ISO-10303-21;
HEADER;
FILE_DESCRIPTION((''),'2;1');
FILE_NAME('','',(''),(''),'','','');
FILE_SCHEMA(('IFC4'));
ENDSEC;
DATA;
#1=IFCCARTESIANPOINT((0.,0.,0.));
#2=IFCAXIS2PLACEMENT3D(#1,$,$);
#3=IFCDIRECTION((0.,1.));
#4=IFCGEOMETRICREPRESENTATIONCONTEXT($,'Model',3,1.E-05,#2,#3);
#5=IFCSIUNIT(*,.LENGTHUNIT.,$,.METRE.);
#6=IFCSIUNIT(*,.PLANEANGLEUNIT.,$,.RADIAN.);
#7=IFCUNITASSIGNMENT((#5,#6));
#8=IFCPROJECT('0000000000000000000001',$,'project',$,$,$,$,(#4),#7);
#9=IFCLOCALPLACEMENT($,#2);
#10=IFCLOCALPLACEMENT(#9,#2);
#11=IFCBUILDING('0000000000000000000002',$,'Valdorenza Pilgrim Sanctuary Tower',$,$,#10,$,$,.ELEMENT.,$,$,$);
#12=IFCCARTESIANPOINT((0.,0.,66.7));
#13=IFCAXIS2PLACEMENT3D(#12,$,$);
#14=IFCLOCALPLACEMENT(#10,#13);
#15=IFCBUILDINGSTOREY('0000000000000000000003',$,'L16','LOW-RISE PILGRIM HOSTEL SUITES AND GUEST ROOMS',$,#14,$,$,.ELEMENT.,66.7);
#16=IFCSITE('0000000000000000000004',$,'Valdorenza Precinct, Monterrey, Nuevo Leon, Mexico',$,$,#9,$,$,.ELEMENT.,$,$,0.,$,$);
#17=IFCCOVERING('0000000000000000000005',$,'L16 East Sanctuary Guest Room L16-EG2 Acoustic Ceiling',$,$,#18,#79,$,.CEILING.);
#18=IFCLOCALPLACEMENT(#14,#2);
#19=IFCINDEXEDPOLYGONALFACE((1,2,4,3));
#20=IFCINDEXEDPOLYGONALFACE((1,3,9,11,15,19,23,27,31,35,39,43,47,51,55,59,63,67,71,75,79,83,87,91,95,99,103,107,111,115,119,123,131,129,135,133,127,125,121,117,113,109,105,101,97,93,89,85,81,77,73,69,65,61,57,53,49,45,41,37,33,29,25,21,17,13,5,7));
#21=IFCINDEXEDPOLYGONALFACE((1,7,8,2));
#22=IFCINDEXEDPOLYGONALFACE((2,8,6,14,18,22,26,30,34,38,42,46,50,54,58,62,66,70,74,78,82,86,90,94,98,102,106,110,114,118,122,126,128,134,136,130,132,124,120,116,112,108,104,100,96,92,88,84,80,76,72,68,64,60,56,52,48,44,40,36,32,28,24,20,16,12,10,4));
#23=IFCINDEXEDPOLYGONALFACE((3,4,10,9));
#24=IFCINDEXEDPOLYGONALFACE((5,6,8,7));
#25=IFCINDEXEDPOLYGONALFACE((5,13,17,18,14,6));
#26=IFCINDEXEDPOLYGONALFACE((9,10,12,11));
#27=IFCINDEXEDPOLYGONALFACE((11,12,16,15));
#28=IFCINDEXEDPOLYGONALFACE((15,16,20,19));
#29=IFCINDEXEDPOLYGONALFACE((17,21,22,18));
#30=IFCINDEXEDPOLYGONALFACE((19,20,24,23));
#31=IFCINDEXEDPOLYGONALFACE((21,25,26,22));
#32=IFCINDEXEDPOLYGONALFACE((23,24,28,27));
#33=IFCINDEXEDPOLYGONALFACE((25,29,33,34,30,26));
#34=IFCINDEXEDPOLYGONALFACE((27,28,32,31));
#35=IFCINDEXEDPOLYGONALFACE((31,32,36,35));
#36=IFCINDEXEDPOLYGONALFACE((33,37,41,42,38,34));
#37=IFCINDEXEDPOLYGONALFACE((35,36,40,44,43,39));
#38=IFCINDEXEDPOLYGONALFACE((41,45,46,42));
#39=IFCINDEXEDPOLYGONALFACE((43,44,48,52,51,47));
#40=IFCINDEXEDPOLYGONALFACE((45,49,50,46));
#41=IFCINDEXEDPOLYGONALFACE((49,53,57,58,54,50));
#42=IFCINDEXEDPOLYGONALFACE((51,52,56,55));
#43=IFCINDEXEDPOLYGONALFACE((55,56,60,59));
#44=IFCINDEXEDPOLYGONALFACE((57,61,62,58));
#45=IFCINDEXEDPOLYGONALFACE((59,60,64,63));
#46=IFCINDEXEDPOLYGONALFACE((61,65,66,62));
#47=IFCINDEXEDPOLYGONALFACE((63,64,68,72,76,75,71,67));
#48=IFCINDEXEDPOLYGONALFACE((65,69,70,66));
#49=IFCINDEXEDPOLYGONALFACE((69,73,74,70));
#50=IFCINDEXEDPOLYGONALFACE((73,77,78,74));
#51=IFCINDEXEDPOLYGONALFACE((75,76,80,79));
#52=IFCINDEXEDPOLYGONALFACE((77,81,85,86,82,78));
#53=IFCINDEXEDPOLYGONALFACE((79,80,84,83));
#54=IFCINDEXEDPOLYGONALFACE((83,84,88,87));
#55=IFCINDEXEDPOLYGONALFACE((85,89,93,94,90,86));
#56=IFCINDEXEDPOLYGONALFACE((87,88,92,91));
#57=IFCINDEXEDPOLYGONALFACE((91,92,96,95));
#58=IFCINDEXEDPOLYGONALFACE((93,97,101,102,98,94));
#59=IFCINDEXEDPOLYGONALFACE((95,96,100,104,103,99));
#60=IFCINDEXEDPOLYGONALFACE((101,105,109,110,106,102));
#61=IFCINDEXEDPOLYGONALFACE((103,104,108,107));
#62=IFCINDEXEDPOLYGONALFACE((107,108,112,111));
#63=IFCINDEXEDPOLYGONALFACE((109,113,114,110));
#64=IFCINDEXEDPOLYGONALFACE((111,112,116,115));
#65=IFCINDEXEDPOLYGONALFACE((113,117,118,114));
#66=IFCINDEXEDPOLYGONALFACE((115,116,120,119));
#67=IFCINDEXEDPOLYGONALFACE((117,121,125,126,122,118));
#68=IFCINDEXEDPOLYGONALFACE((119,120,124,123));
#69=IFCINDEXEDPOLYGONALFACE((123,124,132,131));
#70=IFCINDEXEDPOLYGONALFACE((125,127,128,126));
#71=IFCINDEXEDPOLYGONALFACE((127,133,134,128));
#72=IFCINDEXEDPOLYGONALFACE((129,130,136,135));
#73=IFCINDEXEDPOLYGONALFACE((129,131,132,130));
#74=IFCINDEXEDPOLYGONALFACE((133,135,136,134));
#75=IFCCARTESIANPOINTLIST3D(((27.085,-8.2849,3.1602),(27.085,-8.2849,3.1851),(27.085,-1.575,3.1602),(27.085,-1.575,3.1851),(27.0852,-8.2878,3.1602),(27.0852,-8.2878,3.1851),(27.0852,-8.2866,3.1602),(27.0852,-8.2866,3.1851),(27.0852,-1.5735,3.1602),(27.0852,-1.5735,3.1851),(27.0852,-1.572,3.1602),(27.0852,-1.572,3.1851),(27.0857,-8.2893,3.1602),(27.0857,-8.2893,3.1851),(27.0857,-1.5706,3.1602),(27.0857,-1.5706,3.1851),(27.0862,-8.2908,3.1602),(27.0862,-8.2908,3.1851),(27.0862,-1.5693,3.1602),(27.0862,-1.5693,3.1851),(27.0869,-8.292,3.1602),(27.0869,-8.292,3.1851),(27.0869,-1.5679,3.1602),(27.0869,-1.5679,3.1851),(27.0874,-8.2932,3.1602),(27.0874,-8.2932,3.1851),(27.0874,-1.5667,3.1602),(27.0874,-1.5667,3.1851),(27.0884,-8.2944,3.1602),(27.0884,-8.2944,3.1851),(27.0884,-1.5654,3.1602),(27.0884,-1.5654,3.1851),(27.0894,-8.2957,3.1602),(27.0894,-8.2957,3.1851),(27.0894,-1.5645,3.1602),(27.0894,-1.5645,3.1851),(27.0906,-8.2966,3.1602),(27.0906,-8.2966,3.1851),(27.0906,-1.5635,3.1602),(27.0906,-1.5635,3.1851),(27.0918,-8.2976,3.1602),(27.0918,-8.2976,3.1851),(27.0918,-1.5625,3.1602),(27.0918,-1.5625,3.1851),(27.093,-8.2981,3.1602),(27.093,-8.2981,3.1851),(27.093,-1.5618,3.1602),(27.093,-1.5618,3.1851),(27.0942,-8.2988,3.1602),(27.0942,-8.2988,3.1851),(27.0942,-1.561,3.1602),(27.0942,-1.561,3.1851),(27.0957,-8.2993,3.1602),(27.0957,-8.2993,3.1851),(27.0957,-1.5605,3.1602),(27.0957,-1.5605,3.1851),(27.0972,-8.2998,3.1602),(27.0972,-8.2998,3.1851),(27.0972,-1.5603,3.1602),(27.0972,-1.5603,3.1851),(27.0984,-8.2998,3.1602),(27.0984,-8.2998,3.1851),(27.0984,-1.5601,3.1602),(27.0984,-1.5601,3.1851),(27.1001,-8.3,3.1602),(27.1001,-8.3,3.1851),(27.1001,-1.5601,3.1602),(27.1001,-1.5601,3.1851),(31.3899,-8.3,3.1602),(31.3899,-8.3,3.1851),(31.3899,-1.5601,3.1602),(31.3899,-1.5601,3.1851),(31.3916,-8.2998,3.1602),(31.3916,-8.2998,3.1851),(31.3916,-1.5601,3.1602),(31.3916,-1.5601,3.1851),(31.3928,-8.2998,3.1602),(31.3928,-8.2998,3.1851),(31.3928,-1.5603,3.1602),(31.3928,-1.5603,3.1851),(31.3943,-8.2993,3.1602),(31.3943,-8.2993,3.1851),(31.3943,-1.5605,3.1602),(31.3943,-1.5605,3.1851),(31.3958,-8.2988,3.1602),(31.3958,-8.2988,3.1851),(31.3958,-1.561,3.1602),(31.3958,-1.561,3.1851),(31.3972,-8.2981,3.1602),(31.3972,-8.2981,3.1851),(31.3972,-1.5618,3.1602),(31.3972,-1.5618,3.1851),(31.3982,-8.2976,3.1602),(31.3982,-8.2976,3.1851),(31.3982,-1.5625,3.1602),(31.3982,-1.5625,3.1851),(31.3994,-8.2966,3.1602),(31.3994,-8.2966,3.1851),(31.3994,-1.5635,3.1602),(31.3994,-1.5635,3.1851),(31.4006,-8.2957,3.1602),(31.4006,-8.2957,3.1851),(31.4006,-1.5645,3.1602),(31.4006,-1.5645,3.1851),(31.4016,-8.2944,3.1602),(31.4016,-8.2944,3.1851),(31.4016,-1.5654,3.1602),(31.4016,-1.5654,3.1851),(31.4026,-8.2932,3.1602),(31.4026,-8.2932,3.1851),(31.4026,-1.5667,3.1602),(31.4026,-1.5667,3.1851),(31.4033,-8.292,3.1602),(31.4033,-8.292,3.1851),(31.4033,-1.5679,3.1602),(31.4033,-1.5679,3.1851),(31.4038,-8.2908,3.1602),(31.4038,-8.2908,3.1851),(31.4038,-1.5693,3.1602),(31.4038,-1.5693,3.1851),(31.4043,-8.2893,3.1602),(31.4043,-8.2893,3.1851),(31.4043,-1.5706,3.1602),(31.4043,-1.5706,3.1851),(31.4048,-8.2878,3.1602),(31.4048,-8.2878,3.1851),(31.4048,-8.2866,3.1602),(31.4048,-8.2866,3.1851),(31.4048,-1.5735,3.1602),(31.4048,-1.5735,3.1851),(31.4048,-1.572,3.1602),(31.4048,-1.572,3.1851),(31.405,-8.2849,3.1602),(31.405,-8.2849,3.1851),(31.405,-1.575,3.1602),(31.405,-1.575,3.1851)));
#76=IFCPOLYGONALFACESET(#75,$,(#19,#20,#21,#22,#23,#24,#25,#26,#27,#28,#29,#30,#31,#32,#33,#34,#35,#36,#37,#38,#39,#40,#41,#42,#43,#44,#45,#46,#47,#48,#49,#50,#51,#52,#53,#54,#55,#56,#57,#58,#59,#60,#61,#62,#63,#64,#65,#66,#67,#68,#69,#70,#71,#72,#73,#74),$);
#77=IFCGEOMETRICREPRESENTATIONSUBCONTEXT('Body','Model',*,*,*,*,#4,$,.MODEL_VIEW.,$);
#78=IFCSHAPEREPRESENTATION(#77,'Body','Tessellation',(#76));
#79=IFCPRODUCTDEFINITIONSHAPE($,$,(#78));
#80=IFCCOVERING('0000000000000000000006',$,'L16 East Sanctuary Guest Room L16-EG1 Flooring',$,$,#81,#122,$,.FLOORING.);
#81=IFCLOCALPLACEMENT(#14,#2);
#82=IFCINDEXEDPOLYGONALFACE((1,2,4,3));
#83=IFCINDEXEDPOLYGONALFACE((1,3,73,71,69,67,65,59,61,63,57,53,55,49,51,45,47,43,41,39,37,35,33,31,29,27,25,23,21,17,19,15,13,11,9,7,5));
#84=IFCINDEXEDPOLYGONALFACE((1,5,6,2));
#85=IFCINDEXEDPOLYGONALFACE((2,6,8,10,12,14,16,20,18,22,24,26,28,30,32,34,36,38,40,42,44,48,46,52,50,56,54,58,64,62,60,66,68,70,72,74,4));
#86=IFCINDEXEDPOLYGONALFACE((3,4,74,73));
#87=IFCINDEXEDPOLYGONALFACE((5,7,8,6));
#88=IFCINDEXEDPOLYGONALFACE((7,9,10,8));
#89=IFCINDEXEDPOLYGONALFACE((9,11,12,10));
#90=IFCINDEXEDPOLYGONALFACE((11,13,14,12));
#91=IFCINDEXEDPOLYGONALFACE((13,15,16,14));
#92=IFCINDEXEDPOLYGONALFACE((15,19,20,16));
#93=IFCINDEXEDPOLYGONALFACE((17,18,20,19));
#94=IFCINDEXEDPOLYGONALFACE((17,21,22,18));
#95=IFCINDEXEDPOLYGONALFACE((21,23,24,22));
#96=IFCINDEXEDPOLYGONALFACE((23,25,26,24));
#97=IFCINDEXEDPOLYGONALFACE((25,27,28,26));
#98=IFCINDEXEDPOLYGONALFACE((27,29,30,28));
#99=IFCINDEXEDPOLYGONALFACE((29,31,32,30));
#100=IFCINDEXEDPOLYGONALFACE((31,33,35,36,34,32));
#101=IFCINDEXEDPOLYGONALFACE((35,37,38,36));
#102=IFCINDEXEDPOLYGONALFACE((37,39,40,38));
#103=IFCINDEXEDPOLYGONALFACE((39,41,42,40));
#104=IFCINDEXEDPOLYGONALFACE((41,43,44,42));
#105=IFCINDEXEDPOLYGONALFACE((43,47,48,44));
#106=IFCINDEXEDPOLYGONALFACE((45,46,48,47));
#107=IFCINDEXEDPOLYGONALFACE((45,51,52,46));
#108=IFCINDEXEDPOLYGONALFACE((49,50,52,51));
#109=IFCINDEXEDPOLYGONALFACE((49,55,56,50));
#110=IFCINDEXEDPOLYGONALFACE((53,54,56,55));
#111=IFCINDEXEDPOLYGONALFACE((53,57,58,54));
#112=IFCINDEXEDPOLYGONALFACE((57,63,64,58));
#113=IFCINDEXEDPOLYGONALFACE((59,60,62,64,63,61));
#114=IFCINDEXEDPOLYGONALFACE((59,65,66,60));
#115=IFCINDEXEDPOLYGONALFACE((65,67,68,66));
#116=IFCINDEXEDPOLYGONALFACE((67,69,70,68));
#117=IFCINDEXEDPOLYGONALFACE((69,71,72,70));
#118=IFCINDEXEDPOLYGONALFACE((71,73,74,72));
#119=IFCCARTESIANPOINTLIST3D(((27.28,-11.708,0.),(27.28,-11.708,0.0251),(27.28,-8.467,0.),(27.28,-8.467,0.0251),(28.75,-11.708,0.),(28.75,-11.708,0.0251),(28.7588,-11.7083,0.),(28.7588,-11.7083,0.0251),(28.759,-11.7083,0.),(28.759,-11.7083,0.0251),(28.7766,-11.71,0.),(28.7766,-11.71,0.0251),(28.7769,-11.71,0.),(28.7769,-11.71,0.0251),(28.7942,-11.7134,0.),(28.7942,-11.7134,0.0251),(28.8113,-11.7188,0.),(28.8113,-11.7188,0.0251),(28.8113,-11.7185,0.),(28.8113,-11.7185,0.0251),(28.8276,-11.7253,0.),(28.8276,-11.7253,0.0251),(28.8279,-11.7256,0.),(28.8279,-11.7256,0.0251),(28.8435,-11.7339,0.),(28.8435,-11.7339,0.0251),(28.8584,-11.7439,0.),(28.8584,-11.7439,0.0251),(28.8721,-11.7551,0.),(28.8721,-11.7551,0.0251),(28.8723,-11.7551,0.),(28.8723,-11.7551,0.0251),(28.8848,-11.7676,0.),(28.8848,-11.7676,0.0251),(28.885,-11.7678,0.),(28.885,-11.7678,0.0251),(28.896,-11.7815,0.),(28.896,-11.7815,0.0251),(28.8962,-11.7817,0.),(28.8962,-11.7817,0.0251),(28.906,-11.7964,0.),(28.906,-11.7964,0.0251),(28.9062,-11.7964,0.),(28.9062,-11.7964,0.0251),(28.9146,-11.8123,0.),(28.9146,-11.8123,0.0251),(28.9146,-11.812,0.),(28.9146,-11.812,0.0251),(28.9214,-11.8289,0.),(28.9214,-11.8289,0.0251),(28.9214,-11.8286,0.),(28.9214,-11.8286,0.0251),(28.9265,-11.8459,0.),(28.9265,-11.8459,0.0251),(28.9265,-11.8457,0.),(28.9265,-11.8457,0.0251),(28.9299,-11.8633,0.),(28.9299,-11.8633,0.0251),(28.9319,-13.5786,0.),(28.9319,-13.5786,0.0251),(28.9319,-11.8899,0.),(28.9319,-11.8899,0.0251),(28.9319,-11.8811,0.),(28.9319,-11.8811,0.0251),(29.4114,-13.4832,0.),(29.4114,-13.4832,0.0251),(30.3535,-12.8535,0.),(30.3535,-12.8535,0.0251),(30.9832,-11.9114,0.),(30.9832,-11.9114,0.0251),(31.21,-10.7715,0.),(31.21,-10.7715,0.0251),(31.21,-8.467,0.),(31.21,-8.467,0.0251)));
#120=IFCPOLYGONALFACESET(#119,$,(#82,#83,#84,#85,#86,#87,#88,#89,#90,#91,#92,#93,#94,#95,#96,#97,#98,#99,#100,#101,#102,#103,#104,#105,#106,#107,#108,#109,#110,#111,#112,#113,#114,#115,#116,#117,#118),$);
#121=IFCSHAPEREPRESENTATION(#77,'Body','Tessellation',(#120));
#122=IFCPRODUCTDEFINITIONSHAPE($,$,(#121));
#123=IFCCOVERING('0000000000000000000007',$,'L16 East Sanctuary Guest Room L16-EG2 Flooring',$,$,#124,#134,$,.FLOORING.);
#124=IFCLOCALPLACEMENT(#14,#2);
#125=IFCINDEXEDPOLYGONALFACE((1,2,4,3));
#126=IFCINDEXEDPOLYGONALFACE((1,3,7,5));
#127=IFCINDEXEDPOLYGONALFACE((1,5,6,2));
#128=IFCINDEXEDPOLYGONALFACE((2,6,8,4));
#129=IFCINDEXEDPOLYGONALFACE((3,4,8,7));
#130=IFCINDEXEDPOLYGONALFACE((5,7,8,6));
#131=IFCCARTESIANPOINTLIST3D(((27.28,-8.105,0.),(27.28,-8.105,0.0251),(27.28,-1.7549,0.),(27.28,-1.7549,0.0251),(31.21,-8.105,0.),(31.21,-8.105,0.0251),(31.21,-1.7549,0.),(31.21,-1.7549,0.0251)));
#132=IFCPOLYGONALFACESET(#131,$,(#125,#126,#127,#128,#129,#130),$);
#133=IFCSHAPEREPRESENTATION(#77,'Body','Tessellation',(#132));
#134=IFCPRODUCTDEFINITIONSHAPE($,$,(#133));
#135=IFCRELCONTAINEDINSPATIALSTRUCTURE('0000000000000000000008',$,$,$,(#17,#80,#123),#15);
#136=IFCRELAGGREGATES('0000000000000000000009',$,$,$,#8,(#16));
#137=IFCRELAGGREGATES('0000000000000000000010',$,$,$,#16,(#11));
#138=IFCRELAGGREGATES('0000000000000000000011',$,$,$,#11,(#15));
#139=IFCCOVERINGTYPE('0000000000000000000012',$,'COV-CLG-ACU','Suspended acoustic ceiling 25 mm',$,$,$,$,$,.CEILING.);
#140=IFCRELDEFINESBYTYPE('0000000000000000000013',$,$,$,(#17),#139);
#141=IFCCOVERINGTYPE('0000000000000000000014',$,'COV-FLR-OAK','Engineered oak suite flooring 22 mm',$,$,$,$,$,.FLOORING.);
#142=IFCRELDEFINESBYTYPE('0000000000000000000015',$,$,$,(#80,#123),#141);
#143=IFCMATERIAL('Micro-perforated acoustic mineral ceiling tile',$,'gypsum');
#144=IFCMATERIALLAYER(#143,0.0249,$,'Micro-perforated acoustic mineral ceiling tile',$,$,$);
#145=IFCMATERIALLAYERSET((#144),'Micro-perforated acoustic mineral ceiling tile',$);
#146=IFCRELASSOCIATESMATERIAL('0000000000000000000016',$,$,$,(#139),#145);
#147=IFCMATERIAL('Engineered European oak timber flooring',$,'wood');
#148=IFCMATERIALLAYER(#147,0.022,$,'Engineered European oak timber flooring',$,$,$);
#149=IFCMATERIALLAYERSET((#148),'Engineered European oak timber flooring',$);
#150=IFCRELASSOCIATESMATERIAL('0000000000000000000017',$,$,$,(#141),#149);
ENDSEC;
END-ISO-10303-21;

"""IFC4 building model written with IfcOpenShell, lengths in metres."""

from ifc_helpers import new_model, si_unit, direction, frame, origin, place, context, subcontext, project, spatial, polyline, outline, extrude, material, layer, layer_set, type_object, element, save


model = new_model("IFC4")

# Units and contexts
model_context = context("Model", 3, precision=1e-05, world=origin(), true_north=direction((0.0, 1.0)))
body_context = subcontext(model_context, "Body", "Model", "MODEL_VIEW")
ifc_project = project(units=[si_unit("LENGTHUNIT", "METRE"), si_unit("PLANEANGLEUNIT", "RADIAN")], contexts=[model_context])

# Site, building, storey
site_placement = place(None, origin())
site = spatial("IfcSite", under=ifc_project, at=site_placement, Name="Valdorenza Precinct, Monterrey, Nuevo Leon, Mexico", CompositionType="ELEMENT", RefElevation=0.0)
building_placement = place(site_placement, origin())
building = spatial("IfcBuilding", under=site, at=building_placement, Name="Valdorenza Pilgrim Sanctuary Tower", CompositionType="ELEMENT")
storey_placement = place(building_placement, frame((0.0, 0.0, 66.7)))
storey = spatial("IfcBuildingStorey", under=building, at=storey_placement, Name="L16", Description="LOW-RISE PILGRIM HOSTEL SUITES AND GUEST ROOMS", CompositionType="ELEMENT", Elevation=66.7)

# Coverings
ifc_material_1 = material(Name="Micro-perforated acoustic mineral ceiling tile", Category="gypsum")
ifc_layer_1 = layer(ifc_material_1, 0.0249, Name="Micro-perforated acoustic mineral ceiling tile")
ifc_layer_set_1 = layer_set([ifc_layer_1], Name="Micro-perforated acoustic mineral ceiling tile")
covering_type_1 = type_object("IfcCoveringType", Name="COV-CLG-ACU", Description="Suspended acoustic ceiling 25 mm", PredefinedType="CEILING", material=ifc_layer_set_1)
covering_1_placement = place(storey_placement, frame((0.0, 0.0, 3.1602)))
element("IfcCovering", 1, at=covering_1_placement, inside=storey, type_object=covering_type_1, Name="L16 East Sanctuary Guest Room L16-EG2 Acoustic Ceiling", PredefinedType="CEILING", context=body_context, shape_type="SweptSolid", body=[
    extrude(outline(polyline([(31.3899, -1.5601), (31.3916, -1.5601), (31.3928, -1.5603), (31.3943, -1.5605), (31.3958, -1.561), (31.3972, -1.5618), (31.3982, -1.5625), (31.3994, -1.5635), (31.4006, -1.5645), (31.4016, -1.5654), (31.4026, -1.5667), (31.4033, -1.5679), (31.4038, -1.5693), (31.4043, -1.5706), (31.4048, -1.572), (31.4048, -1.5735), (31.405, -1.575), (31.405, -8.2849), (31.4048, -8.2866), (31.4048, -8.2878), (31.4043, -8.2893), (31.4038, -8.2908), (31.4033, -8.292), (31.4026, -8.2932), (31.4016, -8.2944), (31.4006, -8.2957), (31.3994, -8.2966), (31.3982, -8.2976), (31.3972, -8.2981), (31.3958, -8.2988), (31.3943, -8.2993), (31.3928, -8.2998), (31.3916, -8.2998), (31.3899, -8.3), (27.1001, -8.3), (27.0984, -8.2998), (27.0972, -8.2998), (27.0957, -8.2993), (27.0942, -8.2988), (27.093, -8.2981), (27.0918, -8.2976), (27.0906, -8.2966), (27.0894, -8.2957), (27.0884, -8.2944), (27.0874, -8.2932), (27.0869, -8.292), (27.0862, -8.2908), (27.0857, -8.2893), (27.0852, -8.2878), (27.0852, -8.2866), (27.085, -8.2849), (27.085, -1.575), (27.0852, -1.5735), (27.0852, -1.572), (27.0857, -1.5706), (27.0862, -1.5693), (27.0869, -1.5679), (27.0874, -1.5667), (27.0884, -1.5654), (27.0894, -1.5645), (27.0906, -1.5635), (27.0918, -1.5625), (27.093, -1.5618), (27.0942, -1.561), (27.0957, -1.5605), (27.0972, -1.5603), (27.0984, -1.5601), (27.1001, -1.5601), (31.3899, -1.5601)])), origin(), (0.0, 0.0, 1.0), 0.0249),
])
ifc_material_2 = material(Name="Engineered European oak timber flooring", Category="wood")
ifc_layer_2 = layer(ifc_material_2, 0.022, Name="Engineered European oak timber flooring")
ifc_layer_set_2 = layer_set([ifc_layer_2], Name="Engineered European oak timber flooring")
covering_type_2 = type_object("IfcCoveringType", Name="COV-FLR-OAK", Description="Engineered oak suite flooring 22 mm", PredefinedType="FLOORING", material=ifc_layer_set_2)
covering_2_placement = place(storey_placement, origin())
element("IfcCovering", 2, at=covering_2_placement, inside=storey, type_object=covering_type_2, Name="L16 East Sanctuary Guest Room L16-EG1 Flooring", PredefinedType="FLOORING", context=body_context, shape_type="SweptSolid", body=[
    extrude(outline(polyline([(31.21, -10.7715), (30.9832, -11.9114), (30.3535, -12.8535), (29.4114, -13.4832), (28.9319, -13.5786), (28.9319, -11.8899), (28.9319, -11.8811), (28.9319, -11.8811), (28.9299, -11.8633), (28.9299, -11.8633), (28.9265, -11.8459), (28.9265, -11.8457), (28.9214, -11.8289), (28.9214, -11.8286), (28.9146, -11.8123), (28.9146, -11.812), (28.9062, -11.7964), (28.906, -11.7964), (28.8962, -11.7817), (28.896, -11.7815), (28.885, -11.7678), (28.8848, -11.7676), (28.8723, -11.7551), (28.8721, -11.7551), (28.8584, -11.7439), (28.8584, -11.7439), (28.8435, -11.7339), (28.8435, -11.7339), (28.8279, -11.7256), (28.8276, -11.7253), (28.8113, -11.7188), (28.8113, -11.7185), (28.7942, -11.7134), (28.7942, -11.7134), (28.7769, -11.71), (28.7766, -11.71), (28.759, -11.7083), (28.7588, -11.7083), (28.75, -11.708), (27.28, -11.708), (27.28, -8.467), (31.21, -8.467), (31.21, -10.7715)])), origin(), (0.0, 0.0, 1.0), 0.0251),
])
covering_3_placement = place(storey_placement, origin())
element("IfcCovering", 3, at=covering_3_placement, inside=storey, type_object=covering_type_2, Name="L16 East Sanctuary Guest Room L16-EG2 Flooring", PredefinedType="FLOORING", context=body_context, shape_type="SweptSolid", body=[
    extrude(outline(polyline([(31.21, -1.7549), (31.21, -8.105), (27.28, -8.105), (27.28, -1.7549), (31.21, -1.7549)])), origin(), (0.0, 0.0, 1.0), 0.0251),
])

save(model, "model.ifc")
